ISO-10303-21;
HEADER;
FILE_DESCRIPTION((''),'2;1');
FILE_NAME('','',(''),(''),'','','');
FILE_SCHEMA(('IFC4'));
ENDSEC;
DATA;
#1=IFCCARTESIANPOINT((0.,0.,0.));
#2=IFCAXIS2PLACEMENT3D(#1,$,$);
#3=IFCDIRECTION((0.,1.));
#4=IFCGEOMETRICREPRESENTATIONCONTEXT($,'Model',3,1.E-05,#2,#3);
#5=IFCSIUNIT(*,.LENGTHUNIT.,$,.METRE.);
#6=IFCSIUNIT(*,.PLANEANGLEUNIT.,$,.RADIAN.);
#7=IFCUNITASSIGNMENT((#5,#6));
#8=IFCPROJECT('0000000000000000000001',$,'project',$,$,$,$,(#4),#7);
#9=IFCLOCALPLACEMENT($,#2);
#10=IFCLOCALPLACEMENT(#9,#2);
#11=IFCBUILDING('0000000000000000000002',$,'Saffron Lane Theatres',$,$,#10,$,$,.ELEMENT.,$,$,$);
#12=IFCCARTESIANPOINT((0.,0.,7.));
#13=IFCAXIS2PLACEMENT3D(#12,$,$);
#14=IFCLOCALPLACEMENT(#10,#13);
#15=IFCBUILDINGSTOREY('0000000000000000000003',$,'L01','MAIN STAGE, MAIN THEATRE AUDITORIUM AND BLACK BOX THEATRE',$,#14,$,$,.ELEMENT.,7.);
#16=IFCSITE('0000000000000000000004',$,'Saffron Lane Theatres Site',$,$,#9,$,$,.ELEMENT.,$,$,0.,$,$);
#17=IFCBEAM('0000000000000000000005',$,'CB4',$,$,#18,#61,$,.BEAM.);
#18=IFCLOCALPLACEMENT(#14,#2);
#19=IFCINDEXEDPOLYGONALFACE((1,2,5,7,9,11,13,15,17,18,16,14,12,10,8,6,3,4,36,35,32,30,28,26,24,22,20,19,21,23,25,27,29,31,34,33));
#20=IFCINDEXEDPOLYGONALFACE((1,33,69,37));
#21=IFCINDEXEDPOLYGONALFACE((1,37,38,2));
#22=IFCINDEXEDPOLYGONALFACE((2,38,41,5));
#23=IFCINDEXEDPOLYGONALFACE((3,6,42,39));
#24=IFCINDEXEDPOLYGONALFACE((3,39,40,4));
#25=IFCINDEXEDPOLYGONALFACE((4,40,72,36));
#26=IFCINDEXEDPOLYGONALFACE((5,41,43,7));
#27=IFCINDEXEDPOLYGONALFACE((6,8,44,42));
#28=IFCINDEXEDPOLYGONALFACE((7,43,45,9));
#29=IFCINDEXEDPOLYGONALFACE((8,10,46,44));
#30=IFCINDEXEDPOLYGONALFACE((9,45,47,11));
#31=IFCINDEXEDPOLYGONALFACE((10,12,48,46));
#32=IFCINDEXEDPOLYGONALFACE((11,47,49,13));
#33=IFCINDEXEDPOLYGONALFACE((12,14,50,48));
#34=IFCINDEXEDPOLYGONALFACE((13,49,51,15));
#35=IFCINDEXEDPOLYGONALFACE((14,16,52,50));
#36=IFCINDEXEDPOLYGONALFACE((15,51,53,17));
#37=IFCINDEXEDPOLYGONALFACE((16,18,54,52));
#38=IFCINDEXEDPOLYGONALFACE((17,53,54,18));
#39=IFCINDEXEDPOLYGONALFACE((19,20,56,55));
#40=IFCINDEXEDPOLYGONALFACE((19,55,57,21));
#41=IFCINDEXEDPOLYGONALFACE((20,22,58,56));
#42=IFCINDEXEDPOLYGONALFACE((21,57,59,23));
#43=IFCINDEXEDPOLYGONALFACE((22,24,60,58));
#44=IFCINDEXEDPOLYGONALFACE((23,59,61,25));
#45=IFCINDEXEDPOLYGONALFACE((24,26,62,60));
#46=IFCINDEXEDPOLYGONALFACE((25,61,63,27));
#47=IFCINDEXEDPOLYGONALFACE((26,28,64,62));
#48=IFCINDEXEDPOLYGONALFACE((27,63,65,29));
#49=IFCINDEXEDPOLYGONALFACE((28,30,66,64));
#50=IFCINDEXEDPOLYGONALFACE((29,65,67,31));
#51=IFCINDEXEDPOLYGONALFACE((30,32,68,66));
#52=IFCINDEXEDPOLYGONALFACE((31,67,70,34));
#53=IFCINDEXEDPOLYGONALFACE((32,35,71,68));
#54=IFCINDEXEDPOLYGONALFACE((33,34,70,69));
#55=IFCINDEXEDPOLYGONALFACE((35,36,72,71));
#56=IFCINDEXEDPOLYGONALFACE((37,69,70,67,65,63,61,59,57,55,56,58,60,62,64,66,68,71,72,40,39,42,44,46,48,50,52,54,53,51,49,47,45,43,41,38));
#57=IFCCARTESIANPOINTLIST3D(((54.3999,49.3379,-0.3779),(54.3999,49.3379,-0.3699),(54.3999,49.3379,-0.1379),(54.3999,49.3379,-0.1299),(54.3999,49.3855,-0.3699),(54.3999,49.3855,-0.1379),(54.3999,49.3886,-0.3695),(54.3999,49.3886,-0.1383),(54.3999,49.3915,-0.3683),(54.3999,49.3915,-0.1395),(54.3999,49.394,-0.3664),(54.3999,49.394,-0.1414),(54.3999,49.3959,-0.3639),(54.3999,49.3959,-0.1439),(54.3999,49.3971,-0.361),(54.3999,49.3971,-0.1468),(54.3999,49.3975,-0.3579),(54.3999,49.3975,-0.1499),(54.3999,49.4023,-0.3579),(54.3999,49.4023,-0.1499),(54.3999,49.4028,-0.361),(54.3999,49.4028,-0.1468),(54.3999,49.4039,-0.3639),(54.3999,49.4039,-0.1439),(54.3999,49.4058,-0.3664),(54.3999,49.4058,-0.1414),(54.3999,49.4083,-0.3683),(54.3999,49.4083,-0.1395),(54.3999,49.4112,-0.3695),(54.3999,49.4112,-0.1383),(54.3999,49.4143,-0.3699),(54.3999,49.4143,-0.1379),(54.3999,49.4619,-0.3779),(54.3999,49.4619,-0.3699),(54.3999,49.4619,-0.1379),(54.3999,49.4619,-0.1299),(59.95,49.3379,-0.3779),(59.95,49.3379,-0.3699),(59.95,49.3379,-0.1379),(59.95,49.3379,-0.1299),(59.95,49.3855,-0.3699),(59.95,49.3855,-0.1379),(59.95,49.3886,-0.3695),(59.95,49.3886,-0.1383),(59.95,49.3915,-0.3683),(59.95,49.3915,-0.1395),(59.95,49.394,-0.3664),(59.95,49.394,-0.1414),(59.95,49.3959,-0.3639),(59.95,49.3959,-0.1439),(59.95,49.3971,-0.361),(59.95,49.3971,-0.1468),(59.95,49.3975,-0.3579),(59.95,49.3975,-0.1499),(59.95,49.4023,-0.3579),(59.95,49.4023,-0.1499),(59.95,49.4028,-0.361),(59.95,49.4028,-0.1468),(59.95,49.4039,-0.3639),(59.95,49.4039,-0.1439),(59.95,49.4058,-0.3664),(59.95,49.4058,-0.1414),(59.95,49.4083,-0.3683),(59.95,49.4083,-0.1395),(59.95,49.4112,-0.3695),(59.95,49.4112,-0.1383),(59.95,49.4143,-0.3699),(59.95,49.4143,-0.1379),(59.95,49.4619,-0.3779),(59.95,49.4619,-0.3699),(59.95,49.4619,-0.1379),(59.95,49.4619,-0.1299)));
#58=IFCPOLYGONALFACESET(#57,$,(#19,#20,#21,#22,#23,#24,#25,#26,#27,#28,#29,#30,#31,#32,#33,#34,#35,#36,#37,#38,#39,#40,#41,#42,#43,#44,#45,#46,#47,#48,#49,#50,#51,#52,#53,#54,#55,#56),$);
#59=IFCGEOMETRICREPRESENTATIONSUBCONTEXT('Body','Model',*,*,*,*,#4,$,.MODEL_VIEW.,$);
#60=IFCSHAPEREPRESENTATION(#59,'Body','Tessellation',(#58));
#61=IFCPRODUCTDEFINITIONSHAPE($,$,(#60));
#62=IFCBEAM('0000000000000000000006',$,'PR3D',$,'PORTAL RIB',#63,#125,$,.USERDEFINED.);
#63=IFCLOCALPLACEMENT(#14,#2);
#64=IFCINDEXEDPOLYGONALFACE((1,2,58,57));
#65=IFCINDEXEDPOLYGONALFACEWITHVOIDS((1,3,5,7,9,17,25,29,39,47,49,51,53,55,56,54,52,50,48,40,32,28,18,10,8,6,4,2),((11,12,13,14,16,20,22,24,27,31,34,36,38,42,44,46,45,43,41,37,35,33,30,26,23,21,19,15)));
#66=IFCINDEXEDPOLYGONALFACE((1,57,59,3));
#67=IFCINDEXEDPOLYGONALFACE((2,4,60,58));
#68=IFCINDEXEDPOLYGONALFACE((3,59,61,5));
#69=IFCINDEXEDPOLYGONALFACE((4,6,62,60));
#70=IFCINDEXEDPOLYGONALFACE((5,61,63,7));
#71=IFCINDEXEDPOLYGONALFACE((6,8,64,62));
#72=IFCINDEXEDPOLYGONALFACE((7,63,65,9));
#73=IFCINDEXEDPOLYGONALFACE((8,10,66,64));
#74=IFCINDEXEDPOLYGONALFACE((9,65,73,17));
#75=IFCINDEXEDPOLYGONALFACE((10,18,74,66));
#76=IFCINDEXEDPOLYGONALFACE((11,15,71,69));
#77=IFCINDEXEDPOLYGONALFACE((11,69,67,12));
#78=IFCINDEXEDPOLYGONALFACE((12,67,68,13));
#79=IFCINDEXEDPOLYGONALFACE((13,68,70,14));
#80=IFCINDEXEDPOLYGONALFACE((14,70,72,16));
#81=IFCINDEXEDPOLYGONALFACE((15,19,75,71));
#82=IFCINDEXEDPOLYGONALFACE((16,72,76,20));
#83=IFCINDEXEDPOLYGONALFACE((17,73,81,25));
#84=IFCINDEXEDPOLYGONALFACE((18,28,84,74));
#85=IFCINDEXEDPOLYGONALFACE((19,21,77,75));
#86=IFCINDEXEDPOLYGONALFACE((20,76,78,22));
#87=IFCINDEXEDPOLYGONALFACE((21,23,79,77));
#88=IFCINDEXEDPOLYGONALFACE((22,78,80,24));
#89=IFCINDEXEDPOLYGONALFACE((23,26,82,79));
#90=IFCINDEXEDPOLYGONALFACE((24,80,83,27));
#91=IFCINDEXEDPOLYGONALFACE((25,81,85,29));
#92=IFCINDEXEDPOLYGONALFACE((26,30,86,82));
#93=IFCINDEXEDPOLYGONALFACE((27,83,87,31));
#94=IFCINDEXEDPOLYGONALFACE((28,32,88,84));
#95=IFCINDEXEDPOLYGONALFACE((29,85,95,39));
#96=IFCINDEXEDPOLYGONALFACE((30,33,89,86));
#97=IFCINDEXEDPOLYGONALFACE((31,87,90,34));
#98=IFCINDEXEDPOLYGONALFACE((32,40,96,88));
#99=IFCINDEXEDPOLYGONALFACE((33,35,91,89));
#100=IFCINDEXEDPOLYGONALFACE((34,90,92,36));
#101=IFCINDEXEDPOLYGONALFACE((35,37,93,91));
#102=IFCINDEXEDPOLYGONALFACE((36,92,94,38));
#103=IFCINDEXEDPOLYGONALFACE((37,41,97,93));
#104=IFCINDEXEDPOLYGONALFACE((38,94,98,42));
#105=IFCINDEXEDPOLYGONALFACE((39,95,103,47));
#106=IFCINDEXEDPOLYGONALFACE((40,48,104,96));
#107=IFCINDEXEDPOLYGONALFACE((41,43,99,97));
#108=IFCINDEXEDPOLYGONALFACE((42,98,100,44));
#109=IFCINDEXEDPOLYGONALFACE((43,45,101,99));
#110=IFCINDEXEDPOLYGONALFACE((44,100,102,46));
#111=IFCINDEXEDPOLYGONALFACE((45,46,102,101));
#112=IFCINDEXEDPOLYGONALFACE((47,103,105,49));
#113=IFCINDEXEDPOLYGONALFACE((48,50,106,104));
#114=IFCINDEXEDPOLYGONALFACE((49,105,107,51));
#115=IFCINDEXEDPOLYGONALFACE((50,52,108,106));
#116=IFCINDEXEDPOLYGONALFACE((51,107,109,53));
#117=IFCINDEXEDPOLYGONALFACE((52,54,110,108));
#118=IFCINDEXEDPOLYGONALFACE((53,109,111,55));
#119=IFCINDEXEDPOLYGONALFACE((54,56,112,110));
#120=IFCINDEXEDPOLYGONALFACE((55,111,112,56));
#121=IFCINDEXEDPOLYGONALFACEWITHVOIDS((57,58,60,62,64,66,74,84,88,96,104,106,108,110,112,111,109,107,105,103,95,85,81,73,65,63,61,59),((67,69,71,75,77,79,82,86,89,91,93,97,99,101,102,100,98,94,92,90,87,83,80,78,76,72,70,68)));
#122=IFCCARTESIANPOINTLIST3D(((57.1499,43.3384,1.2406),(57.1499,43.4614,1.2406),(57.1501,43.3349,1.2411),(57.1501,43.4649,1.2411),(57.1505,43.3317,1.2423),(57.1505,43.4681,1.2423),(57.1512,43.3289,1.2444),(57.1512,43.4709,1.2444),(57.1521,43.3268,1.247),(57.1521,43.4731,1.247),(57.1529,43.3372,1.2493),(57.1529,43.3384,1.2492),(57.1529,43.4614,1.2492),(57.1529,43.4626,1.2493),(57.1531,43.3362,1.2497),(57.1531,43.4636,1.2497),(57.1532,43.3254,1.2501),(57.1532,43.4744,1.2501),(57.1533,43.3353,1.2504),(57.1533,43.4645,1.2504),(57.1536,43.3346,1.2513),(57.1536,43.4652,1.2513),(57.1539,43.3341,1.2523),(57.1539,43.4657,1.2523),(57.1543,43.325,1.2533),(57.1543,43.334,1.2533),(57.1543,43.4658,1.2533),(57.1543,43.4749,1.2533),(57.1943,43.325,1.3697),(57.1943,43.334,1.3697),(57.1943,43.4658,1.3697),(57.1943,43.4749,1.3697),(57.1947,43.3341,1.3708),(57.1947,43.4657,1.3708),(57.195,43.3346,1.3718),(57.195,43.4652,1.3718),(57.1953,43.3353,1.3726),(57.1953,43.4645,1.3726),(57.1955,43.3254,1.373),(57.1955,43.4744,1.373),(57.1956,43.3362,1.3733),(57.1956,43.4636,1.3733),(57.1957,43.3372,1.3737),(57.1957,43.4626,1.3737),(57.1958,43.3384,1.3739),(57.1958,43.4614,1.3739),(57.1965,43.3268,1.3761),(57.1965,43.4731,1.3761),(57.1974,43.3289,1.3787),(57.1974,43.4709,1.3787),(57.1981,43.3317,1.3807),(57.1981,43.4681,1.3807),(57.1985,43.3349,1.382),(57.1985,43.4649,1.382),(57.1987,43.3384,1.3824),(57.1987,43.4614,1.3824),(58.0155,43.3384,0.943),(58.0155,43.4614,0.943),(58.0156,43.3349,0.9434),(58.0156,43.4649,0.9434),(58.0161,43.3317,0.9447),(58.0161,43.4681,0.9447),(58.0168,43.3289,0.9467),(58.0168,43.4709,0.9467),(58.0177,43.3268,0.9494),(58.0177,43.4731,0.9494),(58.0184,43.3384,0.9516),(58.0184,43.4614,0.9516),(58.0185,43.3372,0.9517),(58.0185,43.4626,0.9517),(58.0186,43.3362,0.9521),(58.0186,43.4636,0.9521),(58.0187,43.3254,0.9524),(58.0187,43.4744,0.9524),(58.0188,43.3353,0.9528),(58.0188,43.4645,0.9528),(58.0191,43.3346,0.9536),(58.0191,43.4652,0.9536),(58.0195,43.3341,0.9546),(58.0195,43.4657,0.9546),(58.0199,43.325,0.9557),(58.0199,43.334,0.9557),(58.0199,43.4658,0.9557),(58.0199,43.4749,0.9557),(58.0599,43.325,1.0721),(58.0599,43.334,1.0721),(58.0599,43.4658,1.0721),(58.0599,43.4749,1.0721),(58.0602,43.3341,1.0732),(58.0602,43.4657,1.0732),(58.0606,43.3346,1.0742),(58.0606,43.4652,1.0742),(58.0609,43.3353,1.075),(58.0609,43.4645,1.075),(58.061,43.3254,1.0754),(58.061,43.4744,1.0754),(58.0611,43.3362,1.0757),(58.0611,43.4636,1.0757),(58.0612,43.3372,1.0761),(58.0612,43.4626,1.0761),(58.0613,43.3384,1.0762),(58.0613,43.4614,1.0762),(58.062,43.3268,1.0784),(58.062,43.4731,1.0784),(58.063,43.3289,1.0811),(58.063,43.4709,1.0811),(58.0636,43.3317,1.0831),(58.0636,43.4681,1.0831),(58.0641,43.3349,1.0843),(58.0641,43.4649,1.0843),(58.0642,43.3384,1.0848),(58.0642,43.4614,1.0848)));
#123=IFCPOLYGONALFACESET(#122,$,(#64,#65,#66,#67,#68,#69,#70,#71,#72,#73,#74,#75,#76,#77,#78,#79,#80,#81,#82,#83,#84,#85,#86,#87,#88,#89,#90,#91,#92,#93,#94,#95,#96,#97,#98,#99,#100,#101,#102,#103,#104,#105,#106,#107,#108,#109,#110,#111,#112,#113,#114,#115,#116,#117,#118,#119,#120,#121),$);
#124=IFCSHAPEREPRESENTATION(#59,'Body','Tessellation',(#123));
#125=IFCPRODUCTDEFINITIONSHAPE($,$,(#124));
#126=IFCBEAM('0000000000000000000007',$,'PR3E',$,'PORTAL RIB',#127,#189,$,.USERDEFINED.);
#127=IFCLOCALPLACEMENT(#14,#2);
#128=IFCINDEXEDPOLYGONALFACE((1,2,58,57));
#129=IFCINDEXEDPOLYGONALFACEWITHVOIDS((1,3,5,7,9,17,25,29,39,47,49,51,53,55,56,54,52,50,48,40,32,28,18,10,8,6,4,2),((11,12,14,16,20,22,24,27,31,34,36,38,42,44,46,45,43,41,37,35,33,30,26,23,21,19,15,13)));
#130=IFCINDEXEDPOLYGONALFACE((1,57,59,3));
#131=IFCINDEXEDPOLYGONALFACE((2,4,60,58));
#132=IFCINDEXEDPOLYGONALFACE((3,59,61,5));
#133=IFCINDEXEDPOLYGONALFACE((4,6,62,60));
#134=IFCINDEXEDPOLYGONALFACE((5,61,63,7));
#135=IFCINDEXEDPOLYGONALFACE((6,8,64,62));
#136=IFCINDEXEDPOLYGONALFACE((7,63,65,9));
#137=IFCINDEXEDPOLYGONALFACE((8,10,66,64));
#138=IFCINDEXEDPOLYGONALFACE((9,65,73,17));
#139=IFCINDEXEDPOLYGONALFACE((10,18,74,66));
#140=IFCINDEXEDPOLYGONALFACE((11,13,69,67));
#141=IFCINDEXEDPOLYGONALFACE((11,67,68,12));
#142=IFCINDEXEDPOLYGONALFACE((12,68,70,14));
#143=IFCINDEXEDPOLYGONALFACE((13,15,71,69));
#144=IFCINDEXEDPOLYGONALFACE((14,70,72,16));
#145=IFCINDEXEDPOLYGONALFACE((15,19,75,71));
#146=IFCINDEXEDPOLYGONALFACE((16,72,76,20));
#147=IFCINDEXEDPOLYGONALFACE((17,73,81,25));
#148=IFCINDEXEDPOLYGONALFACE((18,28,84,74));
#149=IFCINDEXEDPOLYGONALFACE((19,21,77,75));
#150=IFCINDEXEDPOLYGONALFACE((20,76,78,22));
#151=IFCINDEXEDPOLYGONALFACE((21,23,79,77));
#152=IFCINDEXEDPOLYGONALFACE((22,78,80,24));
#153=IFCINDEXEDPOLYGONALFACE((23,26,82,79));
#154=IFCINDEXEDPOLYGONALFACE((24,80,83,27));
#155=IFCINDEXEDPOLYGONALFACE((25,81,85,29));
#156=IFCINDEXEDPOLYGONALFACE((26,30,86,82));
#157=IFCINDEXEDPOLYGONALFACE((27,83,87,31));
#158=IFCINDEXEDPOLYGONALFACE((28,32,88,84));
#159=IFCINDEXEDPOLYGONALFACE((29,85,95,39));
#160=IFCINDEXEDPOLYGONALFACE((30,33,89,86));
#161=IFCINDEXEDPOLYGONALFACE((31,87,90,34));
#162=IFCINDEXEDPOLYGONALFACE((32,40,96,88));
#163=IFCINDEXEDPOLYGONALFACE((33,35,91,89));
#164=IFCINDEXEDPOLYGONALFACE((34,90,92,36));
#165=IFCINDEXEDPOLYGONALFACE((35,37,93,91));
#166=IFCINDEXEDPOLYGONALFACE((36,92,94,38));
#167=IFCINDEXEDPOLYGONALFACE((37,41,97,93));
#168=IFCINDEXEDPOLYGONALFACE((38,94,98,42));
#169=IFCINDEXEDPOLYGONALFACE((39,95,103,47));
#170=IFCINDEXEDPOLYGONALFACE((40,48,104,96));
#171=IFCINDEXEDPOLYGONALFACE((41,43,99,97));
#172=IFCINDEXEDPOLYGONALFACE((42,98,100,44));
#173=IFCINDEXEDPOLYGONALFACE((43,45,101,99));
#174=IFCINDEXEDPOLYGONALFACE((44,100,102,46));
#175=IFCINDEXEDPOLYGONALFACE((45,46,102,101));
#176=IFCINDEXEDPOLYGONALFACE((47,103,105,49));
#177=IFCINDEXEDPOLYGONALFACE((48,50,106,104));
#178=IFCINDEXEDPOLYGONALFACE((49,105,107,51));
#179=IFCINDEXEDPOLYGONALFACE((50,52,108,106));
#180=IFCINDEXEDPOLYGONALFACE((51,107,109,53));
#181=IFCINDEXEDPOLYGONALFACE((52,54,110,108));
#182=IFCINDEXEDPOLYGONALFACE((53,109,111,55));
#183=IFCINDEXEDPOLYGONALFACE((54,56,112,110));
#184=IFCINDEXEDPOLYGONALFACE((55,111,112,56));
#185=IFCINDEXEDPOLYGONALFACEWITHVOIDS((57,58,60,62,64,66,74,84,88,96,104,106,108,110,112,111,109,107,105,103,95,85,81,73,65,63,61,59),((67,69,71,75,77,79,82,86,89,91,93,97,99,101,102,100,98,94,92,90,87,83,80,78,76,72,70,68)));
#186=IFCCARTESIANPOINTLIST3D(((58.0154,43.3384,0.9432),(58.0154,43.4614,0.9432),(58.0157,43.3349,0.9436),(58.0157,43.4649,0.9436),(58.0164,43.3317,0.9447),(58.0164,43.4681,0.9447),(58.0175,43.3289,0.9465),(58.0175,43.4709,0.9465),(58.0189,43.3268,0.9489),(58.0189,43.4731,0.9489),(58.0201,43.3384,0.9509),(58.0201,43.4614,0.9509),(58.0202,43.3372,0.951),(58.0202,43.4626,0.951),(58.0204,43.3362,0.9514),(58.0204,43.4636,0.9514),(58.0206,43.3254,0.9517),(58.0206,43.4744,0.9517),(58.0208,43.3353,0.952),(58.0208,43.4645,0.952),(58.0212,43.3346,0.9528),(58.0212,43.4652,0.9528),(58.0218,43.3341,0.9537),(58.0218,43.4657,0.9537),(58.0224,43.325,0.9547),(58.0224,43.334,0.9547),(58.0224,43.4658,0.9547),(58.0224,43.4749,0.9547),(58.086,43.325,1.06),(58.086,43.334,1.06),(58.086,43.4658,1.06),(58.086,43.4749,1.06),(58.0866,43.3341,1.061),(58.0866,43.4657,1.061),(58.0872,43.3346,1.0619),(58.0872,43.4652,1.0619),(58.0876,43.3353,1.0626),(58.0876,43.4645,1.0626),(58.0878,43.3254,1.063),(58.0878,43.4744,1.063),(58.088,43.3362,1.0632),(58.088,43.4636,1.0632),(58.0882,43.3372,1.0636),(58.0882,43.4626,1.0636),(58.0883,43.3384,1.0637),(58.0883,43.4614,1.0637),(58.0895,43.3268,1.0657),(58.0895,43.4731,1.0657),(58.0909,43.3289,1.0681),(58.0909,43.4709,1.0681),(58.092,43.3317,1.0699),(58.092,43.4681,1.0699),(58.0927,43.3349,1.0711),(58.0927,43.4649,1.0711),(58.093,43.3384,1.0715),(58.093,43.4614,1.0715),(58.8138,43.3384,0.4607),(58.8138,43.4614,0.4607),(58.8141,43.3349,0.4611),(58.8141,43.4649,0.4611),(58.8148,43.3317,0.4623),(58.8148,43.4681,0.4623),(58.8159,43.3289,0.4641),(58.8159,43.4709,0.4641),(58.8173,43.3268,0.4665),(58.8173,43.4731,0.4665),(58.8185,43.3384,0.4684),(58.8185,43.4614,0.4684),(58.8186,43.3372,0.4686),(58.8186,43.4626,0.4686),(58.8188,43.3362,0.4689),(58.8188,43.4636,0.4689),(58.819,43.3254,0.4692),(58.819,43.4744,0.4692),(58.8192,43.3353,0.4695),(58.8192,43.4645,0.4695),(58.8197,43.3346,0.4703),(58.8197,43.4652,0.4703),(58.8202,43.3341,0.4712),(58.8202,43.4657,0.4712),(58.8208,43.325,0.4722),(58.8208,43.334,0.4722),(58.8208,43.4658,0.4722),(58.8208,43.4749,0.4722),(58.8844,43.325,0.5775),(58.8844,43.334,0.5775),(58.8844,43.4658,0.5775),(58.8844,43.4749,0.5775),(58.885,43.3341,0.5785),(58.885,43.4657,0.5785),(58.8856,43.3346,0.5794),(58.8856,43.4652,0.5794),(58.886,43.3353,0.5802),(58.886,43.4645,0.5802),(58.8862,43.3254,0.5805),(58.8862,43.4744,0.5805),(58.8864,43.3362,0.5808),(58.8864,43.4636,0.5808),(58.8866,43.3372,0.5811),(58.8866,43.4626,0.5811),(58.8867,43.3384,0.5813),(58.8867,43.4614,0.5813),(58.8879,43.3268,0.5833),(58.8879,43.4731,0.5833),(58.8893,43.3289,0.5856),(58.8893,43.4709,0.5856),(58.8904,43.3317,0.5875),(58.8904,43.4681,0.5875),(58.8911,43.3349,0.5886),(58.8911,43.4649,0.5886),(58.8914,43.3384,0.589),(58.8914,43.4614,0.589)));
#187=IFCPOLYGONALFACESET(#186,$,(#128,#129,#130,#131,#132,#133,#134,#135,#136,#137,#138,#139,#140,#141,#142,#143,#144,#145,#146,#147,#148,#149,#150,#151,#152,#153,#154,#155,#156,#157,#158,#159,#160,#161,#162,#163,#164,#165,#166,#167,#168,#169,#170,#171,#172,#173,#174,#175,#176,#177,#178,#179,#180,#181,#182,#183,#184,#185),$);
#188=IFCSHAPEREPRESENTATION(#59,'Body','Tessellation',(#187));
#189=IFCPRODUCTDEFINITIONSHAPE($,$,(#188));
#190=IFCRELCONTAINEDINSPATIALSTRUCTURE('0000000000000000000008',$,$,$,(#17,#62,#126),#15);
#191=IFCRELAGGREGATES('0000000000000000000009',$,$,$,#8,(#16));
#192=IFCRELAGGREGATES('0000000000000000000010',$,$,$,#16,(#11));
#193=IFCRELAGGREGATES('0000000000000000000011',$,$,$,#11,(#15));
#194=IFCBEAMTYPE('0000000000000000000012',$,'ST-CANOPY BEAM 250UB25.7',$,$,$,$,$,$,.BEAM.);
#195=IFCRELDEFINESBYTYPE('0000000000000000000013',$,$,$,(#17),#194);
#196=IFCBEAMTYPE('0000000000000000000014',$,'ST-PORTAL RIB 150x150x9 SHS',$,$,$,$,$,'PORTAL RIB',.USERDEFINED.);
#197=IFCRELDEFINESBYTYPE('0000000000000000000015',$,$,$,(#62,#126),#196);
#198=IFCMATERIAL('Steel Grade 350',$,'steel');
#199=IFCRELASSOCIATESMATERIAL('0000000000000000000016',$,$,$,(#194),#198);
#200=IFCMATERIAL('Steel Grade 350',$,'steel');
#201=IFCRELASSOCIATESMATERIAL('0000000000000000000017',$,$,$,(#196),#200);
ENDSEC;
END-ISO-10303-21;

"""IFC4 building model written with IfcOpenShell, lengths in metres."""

from ifc_helpers import new_model, si_unit, direction, frame, origin, origin_2d, place, context, subcontext, project, spatial, hollow_rectangle, i_section, extrude, material, material_profile, profile_set, type_object, element, save


model = new_model("IFC4")

# Units and contexts
model_context = context("Model", 3, precision=1e-05, world=origin(), true_north=direction((0.0, 1.0)))
body_context = subcontext(model_context, "Body", "Model", "MODEL_VIEW")
ifc_project = project(units=[si_unit("LENGTHUNIT", "METRE"), si_unit("PLANEANGLEUNIT", "RADIAN")], contexts=[model_context])

# Site, building, storey
site_placement = place(None, origin())
site = spatial("IfcSite", under=ifc_project, at=site_placement, Name="Saffron Lane Theatres Site", CompositionType="ELEMENT", RefElevation=0.0)
building_placement = place(site_placement, origin())
building = spatial("IfcBuilding", under=site, at=building_placement, Name="Saffron Lane Theatres", CompositionType="ELEMENT")
storey_placement = place(building_placement, frame((0.0, 0.0, 7.0)))
storey = spatial("IfcBuildingStorey", under=building, at=storey_placement, Name="L01", Description="MAIN STAGE, MAIN THEATRE AUDITORIUM AND BLACK BOX THEATRE", CompositionType="ELEMENT", Elevation=7.0)

# Beams
ifc_material_1 = material(Name="Steel Grade 350", Category="steel")
ifc_material_profile_1 = material_profile(ifc_material_1, i_section(OverallWidth=0.124, OverallDepth=0.248, WebThickness=0.0049, FlangeThickness=0.0081, FilletRadius=0.012, at=origin_2d()))
ifc_profile_set_1 = profile_set([ifc_material_profile_1], Name="Steel Grade 350")
beam_type_1 = type_object("IfcBeamType", Name="ST-CANOPY BEAM 250UB25.7", PredefinedType="BEAM", material=ifc_profile_set_1)
beam_1_placement = place(storey_placement, frame((54.3999, 49.3999, -0.2539), z_axis=(1.0, 0.0, 0.0), x_axis=(0.0, 1.0, 0.0)))
element("IfcBeam", 1, at=beam_1_placement, inside=storey, type_object=beam_type_1, Name="CB4", PredefinedType="BEAM", context=body_context, shape_type="SweptSolid", body=[
    extrude(i_section(OverallWidth=0.124, OverallDepth=0.248, WebThickness=0.0049, FlangeThickness=0.0081, FilletRadius=0.012, at=origin_2d()), origin(), (0.0, 0.0, 1.0), 5.55),
])
ifc_material_2 = material(Name="Steel Grade 350", Category="steel")
ifc_material_profile_2 = material_profile(ifc_material_2, hollow_rectangle(XDim=0.1499, YDim=0.1499, WallThickness=0.009, InnerFilletRadius=0.0044, OuterFilletRadius=0.0134, at=origin_2d()))
ifc_profile_set_2 = profile_set([ifc_material_profile_2], Name="Steel Grade 350")
beam_type_2 = type_object("IfcBeamType", Name="ST-PORTAL RIB 150x150x9 SHS", ElementType="PORTAL RIB", PredefinedType="USERDEFINED", material=ifc_profile_set_2)
beam_2_placement = place(storey_placement, frame((57.1743, 43.3999, 1.3115), z_axis=(0.945653, 0.0, -0.325177), x_axis=(0.0, 1.0, 0.0)))
element("IfcBeam", 2, at=beam_2_placement, inside=storey, type_object=beam_type_2, Name="PR3D", ObjectType="PORTAL RIB", PredefinedType="USERDEFINED", context=body_context, shape_type="SweptSolid", body=[
    extrude(hollow_rectangle(XDim=0.1499, YDim=0.1499, WallThickness=0.009, InnerFilletRadius=0.0044, OuterFilletRadius=0.0134, at=origin_2d()), origin(), (0.0, 0.0, 1.0), 0.9153),
])
beam_3_placement = place(storey_placement, frame((58.0542, 43.3999, 1.0073), z_axis=(0.855872, 0.0, -0.517188), x_axis=(0.0, 1.0, 0.0)))
element("IfcBeam", 3, at=beam_3_placement, inside=storey, type_object=beam_type_2, Name="PR3E", ObjectType="PORTAL RIB", PredefinedType="USERDEFINED", context=body_context, shape_type="SweptSolid", body=[
    extrude(hollow_rectangle(XDim=0.1499, YDim=0.1499, WallThickness=0.009, InnerFilletRadius=0.0044, OuterFilletRadius=0.0134, at=origin_2d()), origin(), (0.0, 0.0, 1.0), 0.9329),
])

save(model, "model.ifc")
